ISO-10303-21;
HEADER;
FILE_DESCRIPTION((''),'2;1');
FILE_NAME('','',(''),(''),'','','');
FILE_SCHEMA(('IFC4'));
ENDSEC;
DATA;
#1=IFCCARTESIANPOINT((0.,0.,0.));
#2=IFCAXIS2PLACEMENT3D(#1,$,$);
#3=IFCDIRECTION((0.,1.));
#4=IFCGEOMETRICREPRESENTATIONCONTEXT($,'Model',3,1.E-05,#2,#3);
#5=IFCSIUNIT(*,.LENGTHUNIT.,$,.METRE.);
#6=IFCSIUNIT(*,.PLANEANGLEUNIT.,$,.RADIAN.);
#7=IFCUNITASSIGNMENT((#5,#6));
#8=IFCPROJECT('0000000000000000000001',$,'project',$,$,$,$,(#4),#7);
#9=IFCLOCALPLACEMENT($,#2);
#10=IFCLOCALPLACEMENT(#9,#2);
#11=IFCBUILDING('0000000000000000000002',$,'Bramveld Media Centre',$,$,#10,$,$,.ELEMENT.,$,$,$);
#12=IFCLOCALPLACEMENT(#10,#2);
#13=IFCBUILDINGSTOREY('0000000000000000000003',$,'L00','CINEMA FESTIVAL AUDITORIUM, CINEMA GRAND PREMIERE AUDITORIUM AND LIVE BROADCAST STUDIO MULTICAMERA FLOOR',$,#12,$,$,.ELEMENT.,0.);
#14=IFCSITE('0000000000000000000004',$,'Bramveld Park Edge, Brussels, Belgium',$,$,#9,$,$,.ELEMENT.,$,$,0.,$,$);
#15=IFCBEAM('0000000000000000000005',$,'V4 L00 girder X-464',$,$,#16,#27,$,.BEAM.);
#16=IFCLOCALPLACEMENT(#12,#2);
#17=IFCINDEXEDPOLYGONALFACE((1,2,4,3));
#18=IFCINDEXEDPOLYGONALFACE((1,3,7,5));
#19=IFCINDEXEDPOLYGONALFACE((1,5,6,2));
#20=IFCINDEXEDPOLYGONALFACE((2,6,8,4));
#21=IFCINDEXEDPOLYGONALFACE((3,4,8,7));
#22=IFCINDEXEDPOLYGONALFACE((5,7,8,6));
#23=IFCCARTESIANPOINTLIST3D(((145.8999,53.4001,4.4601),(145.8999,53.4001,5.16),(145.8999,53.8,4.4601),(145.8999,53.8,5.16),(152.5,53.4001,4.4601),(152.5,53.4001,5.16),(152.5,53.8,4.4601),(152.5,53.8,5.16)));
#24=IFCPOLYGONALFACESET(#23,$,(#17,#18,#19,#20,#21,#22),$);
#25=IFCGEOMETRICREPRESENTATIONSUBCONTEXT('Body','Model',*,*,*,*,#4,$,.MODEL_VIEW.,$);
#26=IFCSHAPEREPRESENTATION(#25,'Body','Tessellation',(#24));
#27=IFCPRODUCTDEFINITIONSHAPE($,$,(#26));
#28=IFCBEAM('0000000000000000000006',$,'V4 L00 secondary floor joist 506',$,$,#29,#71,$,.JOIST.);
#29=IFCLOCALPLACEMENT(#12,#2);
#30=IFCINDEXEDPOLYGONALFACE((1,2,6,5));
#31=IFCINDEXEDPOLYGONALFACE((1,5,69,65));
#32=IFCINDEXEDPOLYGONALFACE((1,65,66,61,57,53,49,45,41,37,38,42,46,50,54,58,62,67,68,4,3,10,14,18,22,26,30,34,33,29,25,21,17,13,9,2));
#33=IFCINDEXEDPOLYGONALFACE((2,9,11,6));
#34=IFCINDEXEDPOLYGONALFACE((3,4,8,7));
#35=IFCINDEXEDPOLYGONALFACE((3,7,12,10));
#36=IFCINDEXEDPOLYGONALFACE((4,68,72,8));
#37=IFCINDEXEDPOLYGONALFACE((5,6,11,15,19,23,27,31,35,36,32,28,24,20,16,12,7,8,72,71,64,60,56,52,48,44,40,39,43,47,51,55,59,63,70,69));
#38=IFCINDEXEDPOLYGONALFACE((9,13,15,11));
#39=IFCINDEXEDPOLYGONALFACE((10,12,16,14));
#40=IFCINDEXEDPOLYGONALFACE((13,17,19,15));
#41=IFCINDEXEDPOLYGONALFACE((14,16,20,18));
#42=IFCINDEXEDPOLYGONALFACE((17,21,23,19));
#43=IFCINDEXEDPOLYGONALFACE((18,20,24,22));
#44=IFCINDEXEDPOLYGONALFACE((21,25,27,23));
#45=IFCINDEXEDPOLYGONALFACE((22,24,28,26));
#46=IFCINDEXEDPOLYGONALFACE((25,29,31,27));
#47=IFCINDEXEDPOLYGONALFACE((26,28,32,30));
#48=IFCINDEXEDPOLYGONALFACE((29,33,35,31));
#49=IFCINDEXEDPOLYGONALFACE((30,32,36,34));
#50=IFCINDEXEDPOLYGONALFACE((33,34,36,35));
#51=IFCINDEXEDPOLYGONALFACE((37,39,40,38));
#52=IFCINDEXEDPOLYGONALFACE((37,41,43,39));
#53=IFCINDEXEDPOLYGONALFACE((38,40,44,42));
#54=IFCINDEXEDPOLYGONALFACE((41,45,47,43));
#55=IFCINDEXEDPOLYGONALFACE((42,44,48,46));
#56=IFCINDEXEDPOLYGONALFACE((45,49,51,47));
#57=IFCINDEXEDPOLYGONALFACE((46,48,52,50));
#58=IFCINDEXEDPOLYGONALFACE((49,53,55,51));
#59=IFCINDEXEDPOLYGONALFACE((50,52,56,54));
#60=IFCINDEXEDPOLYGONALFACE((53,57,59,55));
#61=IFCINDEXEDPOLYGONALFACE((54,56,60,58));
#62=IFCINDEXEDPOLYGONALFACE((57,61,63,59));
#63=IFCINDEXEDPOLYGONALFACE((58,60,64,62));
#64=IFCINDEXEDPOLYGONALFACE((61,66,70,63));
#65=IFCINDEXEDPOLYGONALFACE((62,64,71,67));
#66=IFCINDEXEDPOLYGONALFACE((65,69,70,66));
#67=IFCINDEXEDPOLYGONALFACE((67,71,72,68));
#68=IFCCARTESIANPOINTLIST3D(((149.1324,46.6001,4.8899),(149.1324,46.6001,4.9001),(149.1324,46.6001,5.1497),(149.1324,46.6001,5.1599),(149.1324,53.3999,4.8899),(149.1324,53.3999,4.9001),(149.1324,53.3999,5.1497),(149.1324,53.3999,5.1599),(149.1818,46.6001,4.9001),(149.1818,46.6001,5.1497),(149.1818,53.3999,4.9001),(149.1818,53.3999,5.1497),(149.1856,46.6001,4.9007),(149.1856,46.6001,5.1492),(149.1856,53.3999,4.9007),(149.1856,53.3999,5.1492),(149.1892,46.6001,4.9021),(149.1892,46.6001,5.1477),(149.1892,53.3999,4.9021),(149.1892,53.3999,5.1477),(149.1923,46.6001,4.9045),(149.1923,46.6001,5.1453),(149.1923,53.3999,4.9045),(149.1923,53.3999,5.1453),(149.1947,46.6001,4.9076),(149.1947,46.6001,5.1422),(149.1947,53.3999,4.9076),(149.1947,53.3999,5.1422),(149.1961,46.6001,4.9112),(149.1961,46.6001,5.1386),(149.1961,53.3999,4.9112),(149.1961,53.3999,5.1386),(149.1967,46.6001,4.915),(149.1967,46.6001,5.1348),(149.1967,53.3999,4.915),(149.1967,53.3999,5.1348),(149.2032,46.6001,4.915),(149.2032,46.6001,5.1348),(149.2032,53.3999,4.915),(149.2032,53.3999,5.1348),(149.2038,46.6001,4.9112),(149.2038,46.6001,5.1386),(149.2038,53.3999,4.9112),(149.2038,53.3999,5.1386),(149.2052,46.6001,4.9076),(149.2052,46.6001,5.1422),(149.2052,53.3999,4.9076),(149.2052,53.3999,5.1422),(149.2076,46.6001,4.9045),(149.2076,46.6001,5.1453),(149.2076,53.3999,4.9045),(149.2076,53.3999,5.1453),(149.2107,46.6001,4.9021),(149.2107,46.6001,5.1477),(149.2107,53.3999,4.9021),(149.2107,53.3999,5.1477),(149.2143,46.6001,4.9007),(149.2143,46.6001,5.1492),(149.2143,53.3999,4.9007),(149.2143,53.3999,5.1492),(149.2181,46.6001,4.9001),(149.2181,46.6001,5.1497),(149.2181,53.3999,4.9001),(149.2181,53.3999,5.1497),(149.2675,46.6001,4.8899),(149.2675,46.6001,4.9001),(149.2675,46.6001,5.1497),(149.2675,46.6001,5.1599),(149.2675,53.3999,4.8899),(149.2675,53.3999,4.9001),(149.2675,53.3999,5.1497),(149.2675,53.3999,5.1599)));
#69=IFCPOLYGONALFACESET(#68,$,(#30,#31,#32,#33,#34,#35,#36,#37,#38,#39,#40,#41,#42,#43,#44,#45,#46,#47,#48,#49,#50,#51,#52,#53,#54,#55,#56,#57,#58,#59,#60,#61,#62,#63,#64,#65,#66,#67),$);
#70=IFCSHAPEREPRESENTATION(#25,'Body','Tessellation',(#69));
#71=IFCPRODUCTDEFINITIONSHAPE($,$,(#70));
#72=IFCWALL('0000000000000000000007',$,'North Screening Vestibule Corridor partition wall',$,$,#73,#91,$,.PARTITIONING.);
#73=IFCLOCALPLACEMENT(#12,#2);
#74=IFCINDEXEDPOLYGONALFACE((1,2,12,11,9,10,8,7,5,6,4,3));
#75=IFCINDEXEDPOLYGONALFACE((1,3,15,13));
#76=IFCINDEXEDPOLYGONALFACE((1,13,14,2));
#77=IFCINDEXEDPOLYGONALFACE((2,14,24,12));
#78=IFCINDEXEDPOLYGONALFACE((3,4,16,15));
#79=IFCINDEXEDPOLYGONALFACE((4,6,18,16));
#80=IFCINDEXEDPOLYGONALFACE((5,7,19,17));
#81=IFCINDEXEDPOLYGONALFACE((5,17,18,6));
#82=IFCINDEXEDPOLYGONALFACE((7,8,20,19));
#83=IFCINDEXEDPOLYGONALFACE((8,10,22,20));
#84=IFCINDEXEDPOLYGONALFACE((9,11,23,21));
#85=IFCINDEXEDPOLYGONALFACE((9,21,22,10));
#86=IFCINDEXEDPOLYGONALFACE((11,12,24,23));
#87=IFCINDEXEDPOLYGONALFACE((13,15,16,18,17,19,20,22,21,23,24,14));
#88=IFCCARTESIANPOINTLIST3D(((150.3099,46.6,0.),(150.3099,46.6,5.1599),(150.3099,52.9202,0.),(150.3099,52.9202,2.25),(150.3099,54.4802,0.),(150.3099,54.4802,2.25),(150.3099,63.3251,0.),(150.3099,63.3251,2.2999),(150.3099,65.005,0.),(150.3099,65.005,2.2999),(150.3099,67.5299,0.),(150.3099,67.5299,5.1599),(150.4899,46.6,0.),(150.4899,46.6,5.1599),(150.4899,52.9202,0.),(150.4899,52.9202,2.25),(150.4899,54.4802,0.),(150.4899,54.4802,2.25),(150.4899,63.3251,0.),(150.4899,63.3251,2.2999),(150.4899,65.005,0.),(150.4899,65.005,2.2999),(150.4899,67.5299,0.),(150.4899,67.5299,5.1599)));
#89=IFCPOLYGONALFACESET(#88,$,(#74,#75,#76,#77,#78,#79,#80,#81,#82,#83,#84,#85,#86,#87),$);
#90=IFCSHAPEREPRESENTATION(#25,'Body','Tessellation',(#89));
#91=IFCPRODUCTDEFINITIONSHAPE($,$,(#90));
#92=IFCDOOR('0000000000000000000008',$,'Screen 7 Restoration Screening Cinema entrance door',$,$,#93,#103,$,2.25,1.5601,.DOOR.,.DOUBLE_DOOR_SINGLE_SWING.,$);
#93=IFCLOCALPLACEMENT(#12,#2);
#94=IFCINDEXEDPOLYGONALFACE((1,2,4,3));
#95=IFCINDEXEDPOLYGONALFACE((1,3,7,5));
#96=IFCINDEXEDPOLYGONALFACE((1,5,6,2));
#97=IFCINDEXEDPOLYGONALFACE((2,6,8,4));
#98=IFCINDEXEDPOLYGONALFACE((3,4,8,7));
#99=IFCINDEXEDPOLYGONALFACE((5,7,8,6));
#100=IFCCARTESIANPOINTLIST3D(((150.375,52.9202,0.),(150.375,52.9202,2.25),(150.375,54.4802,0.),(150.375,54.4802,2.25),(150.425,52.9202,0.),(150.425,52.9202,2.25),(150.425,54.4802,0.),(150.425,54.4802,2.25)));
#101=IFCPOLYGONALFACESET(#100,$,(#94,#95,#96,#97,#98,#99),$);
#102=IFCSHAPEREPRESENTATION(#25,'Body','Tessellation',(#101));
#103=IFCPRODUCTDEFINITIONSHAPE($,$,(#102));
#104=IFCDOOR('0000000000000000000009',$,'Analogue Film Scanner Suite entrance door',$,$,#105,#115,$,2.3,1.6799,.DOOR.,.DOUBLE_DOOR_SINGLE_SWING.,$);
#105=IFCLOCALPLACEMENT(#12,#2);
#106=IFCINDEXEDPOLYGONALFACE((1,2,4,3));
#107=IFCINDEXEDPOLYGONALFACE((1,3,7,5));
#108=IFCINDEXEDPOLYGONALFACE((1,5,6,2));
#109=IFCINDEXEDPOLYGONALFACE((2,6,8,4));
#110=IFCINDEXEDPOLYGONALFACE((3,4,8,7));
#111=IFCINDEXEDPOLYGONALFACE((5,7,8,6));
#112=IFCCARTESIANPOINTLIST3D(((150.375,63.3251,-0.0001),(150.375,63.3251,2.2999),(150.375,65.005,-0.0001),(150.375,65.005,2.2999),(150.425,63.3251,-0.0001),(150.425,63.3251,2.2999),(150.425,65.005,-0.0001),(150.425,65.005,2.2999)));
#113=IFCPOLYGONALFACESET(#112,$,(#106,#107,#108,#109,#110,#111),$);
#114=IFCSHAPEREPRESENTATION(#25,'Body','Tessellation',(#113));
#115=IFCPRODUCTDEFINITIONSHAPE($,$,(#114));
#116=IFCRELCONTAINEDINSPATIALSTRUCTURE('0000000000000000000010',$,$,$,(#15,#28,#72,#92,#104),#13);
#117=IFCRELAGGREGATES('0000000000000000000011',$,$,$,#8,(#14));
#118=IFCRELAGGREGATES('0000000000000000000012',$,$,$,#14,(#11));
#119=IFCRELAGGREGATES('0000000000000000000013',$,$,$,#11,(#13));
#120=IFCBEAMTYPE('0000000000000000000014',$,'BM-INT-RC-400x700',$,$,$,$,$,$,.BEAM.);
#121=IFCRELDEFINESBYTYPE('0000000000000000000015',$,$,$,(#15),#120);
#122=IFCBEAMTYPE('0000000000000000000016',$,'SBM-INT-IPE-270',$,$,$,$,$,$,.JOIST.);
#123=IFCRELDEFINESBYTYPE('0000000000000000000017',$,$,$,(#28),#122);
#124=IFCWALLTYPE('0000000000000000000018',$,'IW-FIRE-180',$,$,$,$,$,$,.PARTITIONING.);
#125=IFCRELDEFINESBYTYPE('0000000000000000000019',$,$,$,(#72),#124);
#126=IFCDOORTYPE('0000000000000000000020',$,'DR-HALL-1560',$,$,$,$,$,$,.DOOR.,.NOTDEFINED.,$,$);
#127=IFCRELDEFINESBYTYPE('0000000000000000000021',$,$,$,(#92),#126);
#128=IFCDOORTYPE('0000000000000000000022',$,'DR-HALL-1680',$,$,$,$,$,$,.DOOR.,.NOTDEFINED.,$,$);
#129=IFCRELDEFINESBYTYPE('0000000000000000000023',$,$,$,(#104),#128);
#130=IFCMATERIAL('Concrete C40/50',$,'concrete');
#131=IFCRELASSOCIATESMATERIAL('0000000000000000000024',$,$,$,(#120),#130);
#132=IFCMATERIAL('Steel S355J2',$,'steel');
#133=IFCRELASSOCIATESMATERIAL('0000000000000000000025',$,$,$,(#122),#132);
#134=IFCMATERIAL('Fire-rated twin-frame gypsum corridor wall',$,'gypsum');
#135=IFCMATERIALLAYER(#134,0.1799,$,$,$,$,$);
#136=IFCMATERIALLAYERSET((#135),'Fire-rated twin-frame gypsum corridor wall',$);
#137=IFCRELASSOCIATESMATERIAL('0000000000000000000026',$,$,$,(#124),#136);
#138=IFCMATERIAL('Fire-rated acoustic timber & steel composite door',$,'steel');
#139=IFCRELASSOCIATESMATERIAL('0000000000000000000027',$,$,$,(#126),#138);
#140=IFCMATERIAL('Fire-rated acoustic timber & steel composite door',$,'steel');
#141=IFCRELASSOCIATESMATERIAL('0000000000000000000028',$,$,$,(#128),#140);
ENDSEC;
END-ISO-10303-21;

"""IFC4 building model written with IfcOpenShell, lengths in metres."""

from ifc_helpers import new_model, si_unit, direction, frame, frame_2d, origin, origin_2d, place, context, subcontext, project, spatial, rectangle, i_section, extrude, material, layer, layer_set, material_profile, profile_set, type_object, element, fill, save


model = new_model("IFC4")

# Units and contexts
model_context = context("Model", 3, precision=1e-05, world=origin(), true_north=direction((0.0, 1.0)))
body_context = subcontext(model_context, "Body", "Model", "MODEL_VIEW")
ifc_project = project(units=[si_unit("LENGTHUNIT", "METRE"), si_unit("PLANEANGLEUNIT", "RADIAN")], contexts=[model_context])

# Site, building, storey
site_placement = place(None, origin())
site = spatial("IfcSite", under=ifc_project, at=site_placement, Name="Bramveld Park Edge, Brussels, Belgium", CompositionType="ELEMENT", RefElevation=0.0)
building_placement = place(site_placement, origin())
building = spatial("IfcBuilding", under=site, at=building_placement, Name="Bramveld Media Centre", CompositionType="ELEMENT")
storey_placement = place(building_placement, origin())
storey = spatial("IfcBuildingStorey", under=building, at=storey_placement, Name="L00", Description="CINEMA FESTIVAL AUDITORIUM, CINEMA GRAND PREMIERE AUDITORIUM AND LIVE BROADCAST STUDIO MULTICAMERA FLOOR", CompositionType="ELEMENT", Elevation=0.0)

# Beams
ifc_material_1 = material(Name="Concrete C40/50", Category="concrete")
ifc_material_profile_1 = material_profile(ifc_material_1, rectangle(XDim=0.3999, YDim=0.7, at=origin_2d()), Name="RC 400x700")
ifc_profile_set_1 = profile_set([ifc_material_profile_1], Name="Concrete C40/50")
beam_type_1 = type_object("IfcBeamType", Name="BM-INT-RC-400x700", PredefinedType="BEAM", material=ifc_profile_set_1)
for number, where, z_axis, x_axis, name in (
    (1, (145.8999, 53.6001, 4.8101), (1.0, 0.0, 0.0), (0.0, 1.0, 0.0), "V4 L00 girder X-464"),
):
    element("IfcBeam", number, at=place(storey_placement, frame(where, z_axis=z_axis, x_axis=x_axis)), inside=storey, type_object=beam_type_1, Name=name, PredefinedType="BEAM", context=body_context, shape_type="SweptSolid", body=[
        extrude(rectangle(XDim=0.3999, YDim=0.7, at=origin_2d()), origin(), (0.0, 0.0, 1.0), 6.6001),
    ])
ifc_material_2 = material(Name="Steel S355J2", Category="steel")
ifc_material_profile_2 = material_profile(ifc_material_2, i_section(OverallWidth=0.135, OverallDepth=0.27, WebThickness=0.0066, FlangeThickness=0.0103, FilletRadius=0.0149, at=origin_2d()), Name="IPE 270")
ifc_profile_set_2 = profile_set([ifc_material_profile_2], Name="Steel S355J2")
beam_type_2 = type_object("IfcBeamType", Name="SBM-INT-IPE-270", PredefinedType="JOIST", material=ifc_profile_set_2)
beam_1_placement = place(storey_placement, frame((149.2, 46.6001, 5.0249), z_axis=(0.0, 1.0, 0.0), x_axis=(-1.0, 0.0, 0.0)))
element("IfcBeam", 2, at=beam_1_placement, inside=storey, type_object=beam_type_2, Name="V4 L00 secondary floor joist 506", PredefinedType="JOIST", context=body_context, shape_type="SweptSolid", body=[
    extrude(i_section(OverallWidth=0.135, OverallDepth=0.27, WebThickness=0.0066, FlangeThickness=0.0103, FilletRadius=0.0149, at=origin_2d()), origin(), (0.0, 0.0, 1.0), 6.7998),
])

# Wall, openings, doors
ifc_material_3 = material(Name="Fire-rated twin-frame gypsum corridor wall", Category="gypsum")
ifc_layer = layer(ifc_material_3, 0.1799)
ifc_layer_set = layer_set([ifc_layer], Name="Fire-rated twin-frame gypsum corridor wall")
wall_type = type_object("IfcWallType", Name="IW-FIRE-180", PredefinedType="PARTITIONING", material=ifc_layer_set)
wall_placement = place(storey_placement, frame((150.3999, 46.6001, 0.0), z_axis=(0.0, 0.0, 1.0), x_axis=(0.0, 1.0, 0.0)))
wall = element("IfcWall", 3, at=wall_placement, inside=storey, type_object=wall_type, Name="North Screening Vestibule Corridor partition wall", PredefinedType="PARTITIONING", context=body_context, shape_type="SweptSolid", body=[
    extrude(rectangle(XDim=20.9299, YDim=0.1799, at=frame_2d((10.4648, 0.0))), origin(), (0.0, 0.0, 1.0), 5.1599),
])
opening_1_placement = place(wall_placement, frame((6.3201, 0.0, 0.0)))
opening_1 = element("IfcOpeningElement", 4, at=opening_1_placement, cuts=wall, PredefinedType="OPENING", context=body_context, shape_type="SweptSolid", body=[
    extrude(rectangle(XDim=1.5601, YDim=2.25, at=frame_2d((0.78, 1.125))), frame((0.0, 0.1021, 0.0), z_axis=(0.0, -1.0, 0.0), x_axis=(1.0, 0.0, 0.0)), (0.0, 0.0, 1.0), 0.2039),
])
opening_2_placement = place(wall_placement, frame((16.7251, 0.0, 0.0)))
opening_2 = element("IfcOpeningElement", 5, at=opening_2_placement, cuts=wall, PredefinedType="OPENING", context=body_context, shape_type="SweptSolid", body=[
    extrude(rectangle(XDim=1.6799, YDim=2.3, at=frame_2d((0.8398, 1.1499))), frame((0.0, 0.1021, 0.0), z_axis=(0.0, -1.0, 0.0), x_axis=(1.0, 0.0, 0.0)), (0.0, 0.0, 1.0), 0.2039),
])
ifc_material_4 = material(Name="Fire-rated acoustic timber & steel composite door", Category="steel")
door_type_1 = type_object("IfcDoorType", Name="DR-HALL-1560", OperationType="NOTDEFINED", PredefinedType="DOOR", material=ifc_material_4)
door_1_placement = place(opening_1_placement, origin())
door_1 = element("IfcDoor", 6, at=door_1_placement, inside=storey, type_object=door_type_1, Name="Screen 7 Restoration Screening Cinema entrance door", OperationType="DOUBLE_DOOR_SINGLE_SWING", OverallHeight=2.25, OverallWidth=1.5601, PredefinedType="DOOR", context=body_context, shape_type="SweptSolid", body=[
    extrude(rectangle(XDim=1.5601, YDim=2.25, at=frame_2d((0.78, 1.125))), frame((0.0, 0.0249, 0.0), z_axis=(0.0, -1.0, 0.0), x_axis=(1.0, 0.0, 0.0)), (0.0, 0.0, 1.0), 0.05),
])
fill(opening_1, door_1)
ifc_material_5 = material(Name="Fire-rated acoustic timber & steel composite door", Category="steel")
door_type_2 = type_object("IfcDoorType", Name="DR-HALL-1680", OperationType="NOTDEFINED", PredefinedType="DOOR", material=ifc_material_5)
door_2_placement = place(opening_2_placement, origin())
door_2 = element("IfcDoor", 7, at=door_2_placement, inside=storey, type_object=door_type_2, Name="Analogue Film Scanner Suite entrance door", OperationType="DOUBLE_DOOR_SINGLE_SWING", OverallHeight=2.3, OverallWidth=1.6799, PredefinedType="DOOR", context=body_context, shape_type="SweptSolid", body=[
    extrude(rectangle(XDim=1.6799, YDim=2.3, at=frame_2d((0.8398, 1.1499))), frame((0.0, 0.0249, 0.0), z_axis=(0.0, -1.0, 0.0), x_axis=(1.0, 0.0, 0.0)), (0.0, 0.0, 1.0), 0.05),
])
fill(opening_2, door_2)

save(model, "model.ifc")
